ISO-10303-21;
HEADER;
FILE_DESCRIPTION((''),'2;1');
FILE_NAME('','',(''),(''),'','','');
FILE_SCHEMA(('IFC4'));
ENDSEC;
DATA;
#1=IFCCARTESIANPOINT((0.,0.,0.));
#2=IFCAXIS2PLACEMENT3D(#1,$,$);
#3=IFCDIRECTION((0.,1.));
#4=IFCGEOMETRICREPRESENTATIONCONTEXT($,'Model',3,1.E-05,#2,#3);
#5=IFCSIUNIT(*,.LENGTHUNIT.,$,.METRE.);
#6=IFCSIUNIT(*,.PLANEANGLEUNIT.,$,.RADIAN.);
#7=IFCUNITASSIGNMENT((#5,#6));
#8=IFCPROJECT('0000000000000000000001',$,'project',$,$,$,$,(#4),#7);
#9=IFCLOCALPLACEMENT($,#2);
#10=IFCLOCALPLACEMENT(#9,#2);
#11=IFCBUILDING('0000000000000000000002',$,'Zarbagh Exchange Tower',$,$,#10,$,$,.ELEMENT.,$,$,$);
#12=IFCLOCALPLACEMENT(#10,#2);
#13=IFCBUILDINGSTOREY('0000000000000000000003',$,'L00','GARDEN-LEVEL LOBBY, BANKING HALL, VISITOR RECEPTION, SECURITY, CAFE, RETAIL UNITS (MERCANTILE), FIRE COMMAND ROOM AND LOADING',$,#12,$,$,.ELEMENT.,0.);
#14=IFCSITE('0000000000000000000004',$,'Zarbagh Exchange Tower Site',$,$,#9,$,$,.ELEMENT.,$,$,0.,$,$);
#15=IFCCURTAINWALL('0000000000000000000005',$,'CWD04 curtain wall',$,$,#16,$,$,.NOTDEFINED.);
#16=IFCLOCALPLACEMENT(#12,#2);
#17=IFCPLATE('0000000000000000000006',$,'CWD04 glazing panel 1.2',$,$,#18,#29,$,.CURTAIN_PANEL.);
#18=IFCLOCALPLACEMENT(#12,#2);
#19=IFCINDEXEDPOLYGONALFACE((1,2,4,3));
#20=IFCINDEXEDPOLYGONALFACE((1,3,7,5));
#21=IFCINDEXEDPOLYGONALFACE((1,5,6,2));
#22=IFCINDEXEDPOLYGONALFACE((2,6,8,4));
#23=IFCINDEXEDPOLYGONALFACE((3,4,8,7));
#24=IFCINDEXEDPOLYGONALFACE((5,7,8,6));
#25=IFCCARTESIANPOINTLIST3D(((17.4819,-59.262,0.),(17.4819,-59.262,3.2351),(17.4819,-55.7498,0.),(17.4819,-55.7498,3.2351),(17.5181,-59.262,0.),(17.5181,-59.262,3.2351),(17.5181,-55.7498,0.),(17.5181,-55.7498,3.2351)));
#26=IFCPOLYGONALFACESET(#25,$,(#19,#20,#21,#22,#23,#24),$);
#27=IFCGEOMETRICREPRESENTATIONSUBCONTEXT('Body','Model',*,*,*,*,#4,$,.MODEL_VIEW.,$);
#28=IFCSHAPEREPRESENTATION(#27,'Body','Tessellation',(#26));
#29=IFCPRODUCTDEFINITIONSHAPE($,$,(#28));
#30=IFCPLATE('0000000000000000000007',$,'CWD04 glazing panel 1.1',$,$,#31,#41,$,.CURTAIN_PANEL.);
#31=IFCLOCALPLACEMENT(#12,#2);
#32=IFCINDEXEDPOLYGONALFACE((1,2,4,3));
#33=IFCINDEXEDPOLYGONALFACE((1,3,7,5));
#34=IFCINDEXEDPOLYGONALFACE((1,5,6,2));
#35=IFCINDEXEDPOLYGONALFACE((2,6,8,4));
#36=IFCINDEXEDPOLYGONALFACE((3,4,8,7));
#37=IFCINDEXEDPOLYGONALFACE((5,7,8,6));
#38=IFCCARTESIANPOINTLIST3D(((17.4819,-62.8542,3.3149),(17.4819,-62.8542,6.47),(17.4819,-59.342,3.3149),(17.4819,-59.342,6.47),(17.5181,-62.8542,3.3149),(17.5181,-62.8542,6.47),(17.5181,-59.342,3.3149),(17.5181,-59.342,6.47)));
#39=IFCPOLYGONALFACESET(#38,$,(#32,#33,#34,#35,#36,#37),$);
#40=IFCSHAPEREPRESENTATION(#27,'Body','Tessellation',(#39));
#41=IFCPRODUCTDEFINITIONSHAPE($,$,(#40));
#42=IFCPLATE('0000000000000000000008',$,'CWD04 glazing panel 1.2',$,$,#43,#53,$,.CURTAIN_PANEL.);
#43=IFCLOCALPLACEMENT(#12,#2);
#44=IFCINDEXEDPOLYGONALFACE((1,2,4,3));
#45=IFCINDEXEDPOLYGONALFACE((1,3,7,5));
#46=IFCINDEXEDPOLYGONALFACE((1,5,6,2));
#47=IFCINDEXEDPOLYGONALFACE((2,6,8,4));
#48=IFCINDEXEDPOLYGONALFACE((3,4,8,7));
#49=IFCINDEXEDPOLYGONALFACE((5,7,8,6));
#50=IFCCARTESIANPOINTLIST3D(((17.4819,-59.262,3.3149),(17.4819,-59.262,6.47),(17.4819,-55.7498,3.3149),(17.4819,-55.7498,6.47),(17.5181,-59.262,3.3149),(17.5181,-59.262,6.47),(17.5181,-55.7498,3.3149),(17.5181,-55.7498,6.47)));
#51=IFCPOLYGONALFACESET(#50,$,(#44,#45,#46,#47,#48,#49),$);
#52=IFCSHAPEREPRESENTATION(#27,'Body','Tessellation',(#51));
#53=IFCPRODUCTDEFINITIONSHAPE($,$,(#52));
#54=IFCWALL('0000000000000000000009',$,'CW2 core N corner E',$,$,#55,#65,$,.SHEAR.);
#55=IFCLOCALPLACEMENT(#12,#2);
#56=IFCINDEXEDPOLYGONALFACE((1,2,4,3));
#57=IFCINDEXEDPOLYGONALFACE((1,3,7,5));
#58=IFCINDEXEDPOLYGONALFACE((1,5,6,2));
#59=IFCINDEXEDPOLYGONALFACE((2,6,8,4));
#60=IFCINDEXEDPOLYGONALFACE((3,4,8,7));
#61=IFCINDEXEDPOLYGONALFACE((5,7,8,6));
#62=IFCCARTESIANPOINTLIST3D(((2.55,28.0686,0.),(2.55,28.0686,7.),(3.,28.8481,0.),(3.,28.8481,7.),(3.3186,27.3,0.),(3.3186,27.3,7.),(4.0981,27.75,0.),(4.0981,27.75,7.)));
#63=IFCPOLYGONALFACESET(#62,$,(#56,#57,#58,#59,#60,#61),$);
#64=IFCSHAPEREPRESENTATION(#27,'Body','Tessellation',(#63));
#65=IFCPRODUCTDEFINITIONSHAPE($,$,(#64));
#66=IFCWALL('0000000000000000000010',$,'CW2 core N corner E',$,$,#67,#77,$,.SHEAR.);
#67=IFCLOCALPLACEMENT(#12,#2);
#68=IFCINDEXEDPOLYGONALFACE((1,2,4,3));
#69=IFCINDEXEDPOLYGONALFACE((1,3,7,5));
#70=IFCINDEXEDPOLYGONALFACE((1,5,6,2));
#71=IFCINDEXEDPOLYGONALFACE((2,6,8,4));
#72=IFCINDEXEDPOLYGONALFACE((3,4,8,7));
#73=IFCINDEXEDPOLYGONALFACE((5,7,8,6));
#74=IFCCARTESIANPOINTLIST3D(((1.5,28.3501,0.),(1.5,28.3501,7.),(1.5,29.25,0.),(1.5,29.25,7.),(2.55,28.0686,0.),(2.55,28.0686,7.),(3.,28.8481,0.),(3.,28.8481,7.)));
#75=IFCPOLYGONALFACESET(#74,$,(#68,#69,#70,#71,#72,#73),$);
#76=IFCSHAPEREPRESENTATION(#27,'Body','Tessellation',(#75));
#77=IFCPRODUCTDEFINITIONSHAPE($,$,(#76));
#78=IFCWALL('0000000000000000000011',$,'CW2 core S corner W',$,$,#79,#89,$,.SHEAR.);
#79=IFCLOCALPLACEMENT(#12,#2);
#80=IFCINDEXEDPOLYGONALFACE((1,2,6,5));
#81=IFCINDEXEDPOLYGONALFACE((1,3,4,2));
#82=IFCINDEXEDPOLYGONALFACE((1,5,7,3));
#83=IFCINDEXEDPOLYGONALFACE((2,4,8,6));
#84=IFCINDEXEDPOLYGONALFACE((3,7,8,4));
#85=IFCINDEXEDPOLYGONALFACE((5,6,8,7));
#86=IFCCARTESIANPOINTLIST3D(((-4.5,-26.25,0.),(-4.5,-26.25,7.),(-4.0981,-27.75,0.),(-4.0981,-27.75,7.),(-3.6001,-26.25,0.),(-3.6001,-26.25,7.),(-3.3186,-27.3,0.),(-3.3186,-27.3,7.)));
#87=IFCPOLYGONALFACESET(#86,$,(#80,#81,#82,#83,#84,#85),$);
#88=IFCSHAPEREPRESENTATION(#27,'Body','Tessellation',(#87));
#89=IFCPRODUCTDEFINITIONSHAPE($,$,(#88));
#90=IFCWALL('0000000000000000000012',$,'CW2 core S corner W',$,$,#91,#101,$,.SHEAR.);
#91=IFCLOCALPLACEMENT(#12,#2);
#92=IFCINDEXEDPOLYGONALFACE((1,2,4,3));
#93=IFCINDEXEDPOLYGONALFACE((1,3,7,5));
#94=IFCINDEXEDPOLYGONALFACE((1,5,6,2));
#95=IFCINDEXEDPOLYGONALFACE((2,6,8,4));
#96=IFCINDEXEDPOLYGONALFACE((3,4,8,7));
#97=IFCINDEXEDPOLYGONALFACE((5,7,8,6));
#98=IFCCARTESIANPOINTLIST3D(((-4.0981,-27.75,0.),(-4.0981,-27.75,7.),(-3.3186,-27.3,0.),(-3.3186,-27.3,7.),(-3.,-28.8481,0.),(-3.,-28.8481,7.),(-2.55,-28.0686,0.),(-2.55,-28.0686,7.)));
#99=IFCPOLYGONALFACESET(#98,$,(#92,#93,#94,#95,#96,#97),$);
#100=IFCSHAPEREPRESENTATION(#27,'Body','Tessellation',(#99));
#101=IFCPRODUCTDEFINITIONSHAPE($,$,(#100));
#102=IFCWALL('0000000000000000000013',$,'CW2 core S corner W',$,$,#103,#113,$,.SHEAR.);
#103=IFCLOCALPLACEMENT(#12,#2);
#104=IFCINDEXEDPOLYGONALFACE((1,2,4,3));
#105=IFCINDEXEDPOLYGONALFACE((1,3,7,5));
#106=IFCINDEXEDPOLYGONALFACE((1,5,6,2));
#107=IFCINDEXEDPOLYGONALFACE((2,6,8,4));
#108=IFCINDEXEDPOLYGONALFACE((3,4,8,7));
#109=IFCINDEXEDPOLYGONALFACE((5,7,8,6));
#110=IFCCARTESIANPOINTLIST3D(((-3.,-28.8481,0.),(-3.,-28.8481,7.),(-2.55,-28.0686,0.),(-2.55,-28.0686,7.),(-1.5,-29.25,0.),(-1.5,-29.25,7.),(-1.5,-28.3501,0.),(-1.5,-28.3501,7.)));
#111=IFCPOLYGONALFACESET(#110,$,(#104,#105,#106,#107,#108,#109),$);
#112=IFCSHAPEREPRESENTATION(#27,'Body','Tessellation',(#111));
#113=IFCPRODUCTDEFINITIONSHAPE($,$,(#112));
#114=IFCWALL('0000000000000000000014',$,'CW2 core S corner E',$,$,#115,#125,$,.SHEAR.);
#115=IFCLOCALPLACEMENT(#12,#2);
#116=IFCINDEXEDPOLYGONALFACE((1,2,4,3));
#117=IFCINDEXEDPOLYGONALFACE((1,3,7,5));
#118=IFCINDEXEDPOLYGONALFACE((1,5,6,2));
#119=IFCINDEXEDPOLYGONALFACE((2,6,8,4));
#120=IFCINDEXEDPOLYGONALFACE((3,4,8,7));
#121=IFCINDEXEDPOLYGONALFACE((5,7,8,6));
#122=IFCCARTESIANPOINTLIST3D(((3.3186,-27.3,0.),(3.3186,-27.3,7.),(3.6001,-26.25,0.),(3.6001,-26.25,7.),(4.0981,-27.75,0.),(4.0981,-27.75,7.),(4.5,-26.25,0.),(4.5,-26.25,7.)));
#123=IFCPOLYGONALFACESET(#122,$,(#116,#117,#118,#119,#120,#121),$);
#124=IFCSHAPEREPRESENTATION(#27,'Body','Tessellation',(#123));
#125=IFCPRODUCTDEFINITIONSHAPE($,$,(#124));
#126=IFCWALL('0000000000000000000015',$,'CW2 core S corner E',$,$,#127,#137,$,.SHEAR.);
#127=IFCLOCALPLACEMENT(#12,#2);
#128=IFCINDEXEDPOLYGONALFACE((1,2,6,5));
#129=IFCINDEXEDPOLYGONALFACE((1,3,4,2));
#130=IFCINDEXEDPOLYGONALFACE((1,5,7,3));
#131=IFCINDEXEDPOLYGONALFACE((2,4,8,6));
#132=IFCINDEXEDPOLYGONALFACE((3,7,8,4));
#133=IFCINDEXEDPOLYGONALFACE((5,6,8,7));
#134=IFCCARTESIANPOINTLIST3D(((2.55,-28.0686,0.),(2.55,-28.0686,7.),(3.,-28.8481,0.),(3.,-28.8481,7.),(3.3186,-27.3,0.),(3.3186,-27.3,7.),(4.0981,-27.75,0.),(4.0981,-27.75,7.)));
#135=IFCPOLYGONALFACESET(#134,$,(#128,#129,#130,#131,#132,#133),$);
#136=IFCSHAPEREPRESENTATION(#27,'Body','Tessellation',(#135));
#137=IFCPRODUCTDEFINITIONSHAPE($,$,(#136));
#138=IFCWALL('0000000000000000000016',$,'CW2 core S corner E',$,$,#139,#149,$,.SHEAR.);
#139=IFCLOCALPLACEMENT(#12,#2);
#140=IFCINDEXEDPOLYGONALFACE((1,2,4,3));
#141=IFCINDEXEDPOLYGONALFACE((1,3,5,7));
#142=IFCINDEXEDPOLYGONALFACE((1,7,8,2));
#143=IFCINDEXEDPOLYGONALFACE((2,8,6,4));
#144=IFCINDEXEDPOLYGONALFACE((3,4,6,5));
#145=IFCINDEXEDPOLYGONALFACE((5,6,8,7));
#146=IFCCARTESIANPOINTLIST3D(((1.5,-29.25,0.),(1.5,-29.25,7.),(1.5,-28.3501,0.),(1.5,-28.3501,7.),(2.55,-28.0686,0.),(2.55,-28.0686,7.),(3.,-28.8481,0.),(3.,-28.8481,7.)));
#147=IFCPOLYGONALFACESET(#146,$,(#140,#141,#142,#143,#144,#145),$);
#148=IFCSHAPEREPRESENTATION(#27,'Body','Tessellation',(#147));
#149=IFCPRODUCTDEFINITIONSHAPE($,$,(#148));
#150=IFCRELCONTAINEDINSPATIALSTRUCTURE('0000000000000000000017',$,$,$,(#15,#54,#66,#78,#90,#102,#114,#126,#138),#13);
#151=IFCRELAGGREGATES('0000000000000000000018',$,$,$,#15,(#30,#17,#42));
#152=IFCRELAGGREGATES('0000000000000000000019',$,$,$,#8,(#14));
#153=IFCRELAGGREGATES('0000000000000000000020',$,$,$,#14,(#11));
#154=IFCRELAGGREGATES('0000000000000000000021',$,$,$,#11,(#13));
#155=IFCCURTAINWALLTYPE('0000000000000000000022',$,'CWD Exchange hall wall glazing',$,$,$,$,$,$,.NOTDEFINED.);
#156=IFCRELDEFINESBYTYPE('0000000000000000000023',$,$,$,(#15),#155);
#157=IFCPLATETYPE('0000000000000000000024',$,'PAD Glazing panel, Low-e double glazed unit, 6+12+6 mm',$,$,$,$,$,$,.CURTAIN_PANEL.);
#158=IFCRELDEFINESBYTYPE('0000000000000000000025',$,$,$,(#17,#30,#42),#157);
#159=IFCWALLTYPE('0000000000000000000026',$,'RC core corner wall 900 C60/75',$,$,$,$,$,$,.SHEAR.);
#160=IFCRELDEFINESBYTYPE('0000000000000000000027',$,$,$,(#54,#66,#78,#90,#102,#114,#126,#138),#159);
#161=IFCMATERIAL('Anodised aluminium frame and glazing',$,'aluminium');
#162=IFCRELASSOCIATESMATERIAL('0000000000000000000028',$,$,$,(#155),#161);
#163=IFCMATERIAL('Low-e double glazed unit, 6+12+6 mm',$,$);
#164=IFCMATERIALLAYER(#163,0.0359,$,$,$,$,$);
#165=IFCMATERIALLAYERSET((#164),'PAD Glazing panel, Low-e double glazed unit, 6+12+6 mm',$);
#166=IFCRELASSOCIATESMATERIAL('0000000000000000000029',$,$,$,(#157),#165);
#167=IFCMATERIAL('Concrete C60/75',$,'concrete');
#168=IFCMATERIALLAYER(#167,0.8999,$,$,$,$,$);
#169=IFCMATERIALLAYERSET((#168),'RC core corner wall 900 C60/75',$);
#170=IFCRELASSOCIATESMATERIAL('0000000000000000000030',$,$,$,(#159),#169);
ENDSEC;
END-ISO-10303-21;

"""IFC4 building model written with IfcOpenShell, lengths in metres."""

from ifc_helpers import new_model, si_unit, direction, origin, place, context, subcontext, project, spatial, polyline, outline, extrude, source, transform, mapped, material, layer, layer_set, type_object, element, aggregate, save


model = new_model("IFC4")

# Units and contexts
model_context = context("Model", 3, precision=1e-05, world=origin(), true_north=direction((0.0, 1.0)))
body_context = subcontext(model_context, "Body", "Model", "MODEL_VIEW")
ifc_project = project(units=[si_unit("LENGTHUNIT", "METRE"), si_unit("PLANEANGLEUNIT", "RADIAN")], contexts=[model_context])

# Site, building, storey
site_placement = place(None, origin())
site = spatial("IfcSite", under=ifc_project, at=site_placement, Name="Zarbagh Exchange Tower Site", CompositionType="ELEMENT", RefElevation=0.0)
building_placement = place(site_placement, origin())
building = spatial("IfcBuilding", under=site, at=building_placement, Name="Zarbagh Exchange Tower", CompositionType="ELEMENT")
storey_placement = place(building_placement, origin())
storey = spatial("IfcBuildingStorey", under=building, at=storey_placement, Name="L00", Description="GARDEN-LEVEL LOBBY, BANKING HALL, VISITOR RECEPTION, SECURITY, CAFE, RETAIL UNITS (MERCANTILE), FIRE COMMAND ROOM AND LOADING", CompositionType="ELEMENT", Elevation=0.0)

# Shared definitions
ifc_material_1 = material(Name="Anodised aluminium frame and glazing", Category="aluminium")
curtain_wall_type_1 = type_object("IfcCurtainWallType", Name="CWD Exchange hall wall glazing", PredefinedType="NOTDEFINED", material=ifc_material_1)
placement = place(storey_placement, origin())

# Curtain wall
curtain_wall_1_placement = place(storey_placement, origin())
curtain_wall_1 = element("IfcCurtainWall", 1, at=curtain_wall_1_placement, inside=storey, type_object=curtain_wall_type_1, Name="CWD04 curtain wall", PredefinedType="NOTDEFINED")

# Plates
ifc_material_2 = material(Name="Low-e double glazed unit, 6+12+6 mm")
ifc_layer_1 = layer(ifc_material_2, 0.0359)
ifc_layer_set_1 = layer_set([ifc_layer_1], Name="PAD Glazing panel, Low-e double glazed unit, 6+12+6 mm")
plate_type = type_object("IfcPlateType", Name="PAD Glazing panel, Low-e double glazed unit, 6+12+6 mm", PredefinedType="CURTAIN_PANEL", material=ifc_layer_set_1)
shared_shape_1 = source(origin(), body_context, "Body", "SweptSolid", [
    extrude(outline(polyline([(0.0, -0.0181), (3.5122, -0.0181), (3.5122, 0.0181), (0.0, 0.0181), (0.0, -0.0181)])), origin(), (0.0, 0.0, 1.0), 3.2351),
])
plate_1 = element("IfcPlate", 2, at=placement, type_object=plate_type, Name="CWD04 glazing panel 1.2", PredefinedType="CURTAIN_PANEL", context=body_context, shape_type="MappedRepresentation", body=[
    mapped(shared_shape_1, transform((17.5, -59.262, 0.0), x_axis=(0.0, 1.0, 0.0), y_axis=(-1.0, 0.0, 0.0), z_axis=(0.0, 0.0, 1.0))),
])
shared_shape_2 = source(origin(), body_context, "Body", "SweptSolid", [
    extrude(outline(polyline([(0.0, -0.0181), (3.5122, -0.0181), (3.5122, 0.0181), (0.0, 0.0181), (0.0, -0.0181)])), origin(), (0.0, 0.0, 1.0), 3.155),
])
plate_2 = element("IfcPlate", 3, at=placement, type_object=plate_type, Name="CWD04 glazing panel 1.1", PredefinedType="CURTAIN_PANEL", context=body_context, shape_type="MappedRepresentation", body=[
    mapped(shared_shape_2, transform((17.5, -62.8542, 3.3149), x_axis=(0.0, 1.0, 0.0), y_axis=(-1.0, 0.0, 0.0), z_axis=(0.0, 0.0, 1.0))),
])
plate_3 = element("IfcPlate", 4, at=placement, type_object=plate_type, Name="CWD04 glazing panel 1.2", PredefinedType="CURTAIN_PANEL", context=body_context, shape_type="MappedRepresentation", body=[
    mapped(shared_shape_2, transform((17.5, -59.262, 3.3149), x_axis=(0.0, 1.0, 0.0), y_axis=(-1.0, 0.0, 0.0), z_axis=(0.0, 0.0, 1.0))),
])
aggregate(curtain_wall_1, [plate_2, plate_1, plate_3])

# Walls
ifc_material_3 = material(Name="Concrete C60/75", Category="concrete")
ifc_layer_2 = layer(ifc_material_3, 0.8999)
ifc_layer_set_2 = layer_set([ifc_layer_2], Name="RC core corner wall 900 C60/75")
wall_type = type_object("IfcWallType", Name="RC core corner wall 900 C60/75", PredefinedType="SHEAR", material=ifc_layer_set_2)
wall_1_placement = place(storey_placement, origin())
element("IfcWall", 5, at=wall_1_placement, inside=storey, type_object=wall_type, Name="CW2 core N corner E", PredefinedType="SHEAR", context=body_context, shape_type="SweptSolid", body=[
    extrude(outline(polyline([(4.0981, 27.75), (3.0, 28.8481), (2.55, 28.0686), (3.3186, 27.3), (4.0981, 27.75)])), origin(), (0.0, 0.0, 1.0), 7.0),
])
wall_2_placement = place(storey_placement, origin())
element("IfcWall", 6, at=wall_2_placement, inside=storey, type_object=wall_type, Name="CW2 core N corner E", PredefinedType="SHEAR", context=body_context, shape_type="SweptSolid", body=[
    extrude(outline(polyline([(3.0, 28.8481), (1.5, 29.25), (1.5, 28.3501), (2.55, 28.0686), (3.0, 28.8481)])), origin(), (0.0, 0.0, 1.0), 7.0),
])
wall_3_placement = place(storey_placement, origin())
element("IfcWall", 7, at=wall_3_placement, inside=storey, type_object=wall_type, Name="CW2 core S corner W", PredefinedType="SHEAR", context=body_context, shape_type="SweptSolid", body=[
    extrude(outline(polyline([(-4.5, -26.25), (-4.0981, -27.75), (-3.3186, -27.3), (-3.6001, -26.25), (-4.5, -26.25)])), origin(), (0.0, 0.0, 1.0), 7.0),
])
wall_4_placement = place(storey_placement, origin())
element("IfcWall", 8, at=wall_4_placement, inside=storey, type_object=wall_type, Name="CW2 core S corner W", PredefinedType="SHEAR", context=body_context, shape_type="SweptSolid", body=[
    extrude(outline(polyline([(-4.0981, -27.75), (-3.0, -28.8481), (-2.55, -28.0686), (-3.3186, -27.3), (-4.0981, -27.75)])), origin(), (0.0, 0.0, 1.0), 7.0),
])
wall_5_placement = place(storey_placement, origin())
element("IfcWall", 9, at=wall_5_placement, inside=storey, type_object=wall_type, Name="CW2 core S corner W", PredefinedType="SHEAR", context=body_context, shape_type="SweptSolid", body=[
    extrude(outline(polyline([(-3.0, -28.8481), (-1.5, -29.25), (-1.5, -28.3501), (-2.55, -28.0686), (-3.0, -28.8481)])), origin(), (0.0, 0.0, 1.0), 7.0),
])
wall_6_placement = place(storey_placement, origin())
element("IfcWall", 10, at=wall_6_placement, inside=storey, type_object=wall_type, Name="CW2 core S corner E", PredefinedType="SHEAR", context=body_context, shape_type="SweptSolid", body=[
    extrude(outline(polyline([(4.5, -26.25), (4.0981, -27.75), (3.3186, -27.3), (3.6001, -26.25), (4.5, -26.25)])), origin(), (0.0, 0.0, 1.0), 7.0),
])
wall_7_placement = place(storey_placement, origin())
element("IfcWall", 11, at=wall_7_placement, inside=storey, type_object=wall_type, Name="CW2 core S corner E", PredefinedType="SHEAR", context=body_context, shape_type="SweptSolid", body=[
    extrude(outline(polyline([(4.0981, -27.75), (3.0, -28.8481), (2.55, -28.0686), (3.3186, -27.3), (4.0981, -27.75)])), origin(), (0.0, 0.0, 1.0), 7.0),
])
wall_8_placement = place(storey_placement, origin())
element("IfcWall", 12, at=wall_8_placement, inside=storey, type_object=wall_type, Name="CW2 core S corner E", PredefinedType="SHEAR", context=body_context, shape_type="SweptSolid", body=[
    extrude(outline(polyline([(3.0, -28.8481), (1.5, -29.25), (1.5, -28.3501), (2.55, -28.0686), (3.0, -28.8481)])), origin(), (0.0, 0.0, 1.0), 7.0),
])

save(model, "model.ifc")
